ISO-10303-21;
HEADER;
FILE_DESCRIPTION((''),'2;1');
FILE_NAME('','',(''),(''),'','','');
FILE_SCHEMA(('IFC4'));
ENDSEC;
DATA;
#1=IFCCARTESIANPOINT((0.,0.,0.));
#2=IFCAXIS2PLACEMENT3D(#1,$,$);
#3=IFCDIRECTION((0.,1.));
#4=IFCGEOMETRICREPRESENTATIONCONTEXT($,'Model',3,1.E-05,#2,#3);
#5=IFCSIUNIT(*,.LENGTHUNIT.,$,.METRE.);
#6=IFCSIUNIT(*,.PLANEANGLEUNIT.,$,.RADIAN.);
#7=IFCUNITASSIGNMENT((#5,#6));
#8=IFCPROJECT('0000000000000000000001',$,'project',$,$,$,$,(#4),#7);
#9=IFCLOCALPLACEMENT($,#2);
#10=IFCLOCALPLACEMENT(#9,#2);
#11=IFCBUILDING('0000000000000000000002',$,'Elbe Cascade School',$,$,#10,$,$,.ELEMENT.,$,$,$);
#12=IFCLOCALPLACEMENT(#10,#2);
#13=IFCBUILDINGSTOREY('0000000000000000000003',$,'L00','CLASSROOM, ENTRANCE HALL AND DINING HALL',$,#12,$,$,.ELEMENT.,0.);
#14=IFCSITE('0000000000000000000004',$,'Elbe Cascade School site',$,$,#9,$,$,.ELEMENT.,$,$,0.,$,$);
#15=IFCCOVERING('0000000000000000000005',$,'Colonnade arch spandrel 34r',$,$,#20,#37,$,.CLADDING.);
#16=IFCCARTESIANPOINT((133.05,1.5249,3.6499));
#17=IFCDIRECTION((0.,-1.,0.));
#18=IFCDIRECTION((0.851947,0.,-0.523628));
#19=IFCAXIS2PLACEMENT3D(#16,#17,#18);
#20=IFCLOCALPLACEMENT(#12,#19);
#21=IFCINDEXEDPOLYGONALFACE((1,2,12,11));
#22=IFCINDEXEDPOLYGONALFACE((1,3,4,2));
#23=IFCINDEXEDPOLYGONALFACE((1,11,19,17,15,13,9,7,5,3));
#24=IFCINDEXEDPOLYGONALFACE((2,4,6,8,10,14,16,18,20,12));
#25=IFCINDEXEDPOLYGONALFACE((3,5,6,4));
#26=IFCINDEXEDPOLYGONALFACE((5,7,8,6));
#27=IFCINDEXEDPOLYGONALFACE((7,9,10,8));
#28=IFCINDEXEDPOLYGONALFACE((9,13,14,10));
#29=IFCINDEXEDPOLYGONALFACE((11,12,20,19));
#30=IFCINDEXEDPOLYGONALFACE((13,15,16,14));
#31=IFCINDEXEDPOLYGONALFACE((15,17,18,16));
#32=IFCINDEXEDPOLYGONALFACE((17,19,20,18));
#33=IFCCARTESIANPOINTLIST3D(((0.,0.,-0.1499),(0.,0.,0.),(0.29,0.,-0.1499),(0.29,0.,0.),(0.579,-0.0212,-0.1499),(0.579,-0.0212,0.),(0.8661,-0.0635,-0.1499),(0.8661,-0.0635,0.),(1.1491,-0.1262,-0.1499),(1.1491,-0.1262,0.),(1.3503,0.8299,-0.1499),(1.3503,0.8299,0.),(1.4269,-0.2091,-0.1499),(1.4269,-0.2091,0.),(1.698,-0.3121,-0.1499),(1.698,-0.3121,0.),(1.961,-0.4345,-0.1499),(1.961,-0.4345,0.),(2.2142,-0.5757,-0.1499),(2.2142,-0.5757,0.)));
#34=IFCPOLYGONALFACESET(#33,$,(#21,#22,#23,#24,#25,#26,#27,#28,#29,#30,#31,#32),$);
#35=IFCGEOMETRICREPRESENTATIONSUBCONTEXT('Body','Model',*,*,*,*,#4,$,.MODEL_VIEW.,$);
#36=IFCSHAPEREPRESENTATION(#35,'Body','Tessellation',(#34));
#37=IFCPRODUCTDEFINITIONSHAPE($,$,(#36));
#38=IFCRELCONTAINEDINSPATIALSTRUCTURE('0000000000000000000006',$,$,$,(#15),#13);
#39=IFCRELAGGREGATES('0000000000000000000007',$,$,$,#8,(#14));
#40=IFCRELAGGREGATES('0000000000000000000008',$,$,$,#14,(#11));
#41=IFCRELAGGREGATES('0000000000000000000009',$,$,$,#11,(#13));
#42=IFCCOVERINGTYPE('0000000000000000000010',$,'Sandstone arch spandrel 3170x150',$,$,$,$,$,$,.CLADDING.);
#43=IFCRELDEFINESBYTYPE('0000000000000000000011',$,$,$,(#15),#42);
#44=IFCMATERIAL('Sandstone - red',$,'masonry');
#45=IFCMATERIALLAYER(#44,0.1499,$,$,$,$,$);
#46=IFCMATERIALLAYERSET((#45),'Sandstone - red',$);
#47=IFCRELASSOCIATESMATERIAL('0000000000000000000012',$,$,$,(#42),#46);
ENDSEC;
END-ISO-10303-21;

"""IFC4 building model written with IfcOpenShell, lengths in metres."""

from ifc_helpers import new_model, si_unit, direction, frame, origin, place, context, subcontext, project, spatial, polyline, outline, extrude, material, layer, layer_set, type_object, element, save


model = new_model("IFC4")

# Units and contexts
model_context = context("Model", 3, precision=1e-05, world=origin(), true_north=direction((0.0, 1.0)))
body_context = subcontext(model_context, "Body", "Model", "MODEL_VIEW")
ifc_project = project(units=[si_unit("LENGTHUNIT", "METRE"), si_unit("PLANEANGLEUNIT", "RADIAN")], contexts=[model_context])

# Site, building, storey
site_placement = place(None, origin())
site = spatial("IfcSite", under=ifc_project, at=site_placement, Name="Elbe Cascade School site", CompositionType="ELEMENT", RefElevation=0.0)
building_placement = place(site_placement, origin())
building = spatial("IfcBuilding", under=site, at=building_placement, Name="Elbe Cascade School", CompositionType="ELEMENT")
storey_placement = place(building_placement, origin())
storey = spatial("IfcBuildingStorey", under=building, at=storey_placement, Name="L00", Description="CLASSROOM, ENTRANCE HALL AND DINING HALL", CompositionType="ELEMENT", Elevation=0.0)

# Covering
ifc_material_1 = material(Name="Sandstone - red", Category="masonry")
ifc_layer_1 = layer(ifc_material_1, 0.1499)
ifc_layer_set_1 = layer_set([ifc_layer_1], Name="Sandstone - red")
covering_type_1 = type_object("IfcCoveringType", Name="Sandstone arch spandrel 3170x150", PredefinedType="CLADDING", material=ifc_layer_set_1)
covering_1_placement = place(storey_placement, frame((133.05, 1.5249, 3.6499), z_axis=(0.0, -1.0, 0.0), x_axis=(0.851947, 0.0, -0.523628)))
element("IfcCovering", 1, at=covering_1_placement, inside=storey, type_object=covering_type_1, Name="Colonnade arch spandrel 34r", PredefinedType="CLADDING", context=body_context, shape_type="SweptSolid", body=[
    extrude(outline(polyline([(0.0, 0.0), (0.29, 0.0), (0.579, -0.0212), (0.8661, -0.0635), (1.1491, -0.1262), (1.4269, -0.2091), (1.698, -0.3121), (1.961, -0.4345), (2.2142, -0.5757), (1.3503, 0.8299), (0.0, 0.0)])), origin(), (0.0, 0.0, -1.0), 0.1499),
])

save(model, "model.ifc")
